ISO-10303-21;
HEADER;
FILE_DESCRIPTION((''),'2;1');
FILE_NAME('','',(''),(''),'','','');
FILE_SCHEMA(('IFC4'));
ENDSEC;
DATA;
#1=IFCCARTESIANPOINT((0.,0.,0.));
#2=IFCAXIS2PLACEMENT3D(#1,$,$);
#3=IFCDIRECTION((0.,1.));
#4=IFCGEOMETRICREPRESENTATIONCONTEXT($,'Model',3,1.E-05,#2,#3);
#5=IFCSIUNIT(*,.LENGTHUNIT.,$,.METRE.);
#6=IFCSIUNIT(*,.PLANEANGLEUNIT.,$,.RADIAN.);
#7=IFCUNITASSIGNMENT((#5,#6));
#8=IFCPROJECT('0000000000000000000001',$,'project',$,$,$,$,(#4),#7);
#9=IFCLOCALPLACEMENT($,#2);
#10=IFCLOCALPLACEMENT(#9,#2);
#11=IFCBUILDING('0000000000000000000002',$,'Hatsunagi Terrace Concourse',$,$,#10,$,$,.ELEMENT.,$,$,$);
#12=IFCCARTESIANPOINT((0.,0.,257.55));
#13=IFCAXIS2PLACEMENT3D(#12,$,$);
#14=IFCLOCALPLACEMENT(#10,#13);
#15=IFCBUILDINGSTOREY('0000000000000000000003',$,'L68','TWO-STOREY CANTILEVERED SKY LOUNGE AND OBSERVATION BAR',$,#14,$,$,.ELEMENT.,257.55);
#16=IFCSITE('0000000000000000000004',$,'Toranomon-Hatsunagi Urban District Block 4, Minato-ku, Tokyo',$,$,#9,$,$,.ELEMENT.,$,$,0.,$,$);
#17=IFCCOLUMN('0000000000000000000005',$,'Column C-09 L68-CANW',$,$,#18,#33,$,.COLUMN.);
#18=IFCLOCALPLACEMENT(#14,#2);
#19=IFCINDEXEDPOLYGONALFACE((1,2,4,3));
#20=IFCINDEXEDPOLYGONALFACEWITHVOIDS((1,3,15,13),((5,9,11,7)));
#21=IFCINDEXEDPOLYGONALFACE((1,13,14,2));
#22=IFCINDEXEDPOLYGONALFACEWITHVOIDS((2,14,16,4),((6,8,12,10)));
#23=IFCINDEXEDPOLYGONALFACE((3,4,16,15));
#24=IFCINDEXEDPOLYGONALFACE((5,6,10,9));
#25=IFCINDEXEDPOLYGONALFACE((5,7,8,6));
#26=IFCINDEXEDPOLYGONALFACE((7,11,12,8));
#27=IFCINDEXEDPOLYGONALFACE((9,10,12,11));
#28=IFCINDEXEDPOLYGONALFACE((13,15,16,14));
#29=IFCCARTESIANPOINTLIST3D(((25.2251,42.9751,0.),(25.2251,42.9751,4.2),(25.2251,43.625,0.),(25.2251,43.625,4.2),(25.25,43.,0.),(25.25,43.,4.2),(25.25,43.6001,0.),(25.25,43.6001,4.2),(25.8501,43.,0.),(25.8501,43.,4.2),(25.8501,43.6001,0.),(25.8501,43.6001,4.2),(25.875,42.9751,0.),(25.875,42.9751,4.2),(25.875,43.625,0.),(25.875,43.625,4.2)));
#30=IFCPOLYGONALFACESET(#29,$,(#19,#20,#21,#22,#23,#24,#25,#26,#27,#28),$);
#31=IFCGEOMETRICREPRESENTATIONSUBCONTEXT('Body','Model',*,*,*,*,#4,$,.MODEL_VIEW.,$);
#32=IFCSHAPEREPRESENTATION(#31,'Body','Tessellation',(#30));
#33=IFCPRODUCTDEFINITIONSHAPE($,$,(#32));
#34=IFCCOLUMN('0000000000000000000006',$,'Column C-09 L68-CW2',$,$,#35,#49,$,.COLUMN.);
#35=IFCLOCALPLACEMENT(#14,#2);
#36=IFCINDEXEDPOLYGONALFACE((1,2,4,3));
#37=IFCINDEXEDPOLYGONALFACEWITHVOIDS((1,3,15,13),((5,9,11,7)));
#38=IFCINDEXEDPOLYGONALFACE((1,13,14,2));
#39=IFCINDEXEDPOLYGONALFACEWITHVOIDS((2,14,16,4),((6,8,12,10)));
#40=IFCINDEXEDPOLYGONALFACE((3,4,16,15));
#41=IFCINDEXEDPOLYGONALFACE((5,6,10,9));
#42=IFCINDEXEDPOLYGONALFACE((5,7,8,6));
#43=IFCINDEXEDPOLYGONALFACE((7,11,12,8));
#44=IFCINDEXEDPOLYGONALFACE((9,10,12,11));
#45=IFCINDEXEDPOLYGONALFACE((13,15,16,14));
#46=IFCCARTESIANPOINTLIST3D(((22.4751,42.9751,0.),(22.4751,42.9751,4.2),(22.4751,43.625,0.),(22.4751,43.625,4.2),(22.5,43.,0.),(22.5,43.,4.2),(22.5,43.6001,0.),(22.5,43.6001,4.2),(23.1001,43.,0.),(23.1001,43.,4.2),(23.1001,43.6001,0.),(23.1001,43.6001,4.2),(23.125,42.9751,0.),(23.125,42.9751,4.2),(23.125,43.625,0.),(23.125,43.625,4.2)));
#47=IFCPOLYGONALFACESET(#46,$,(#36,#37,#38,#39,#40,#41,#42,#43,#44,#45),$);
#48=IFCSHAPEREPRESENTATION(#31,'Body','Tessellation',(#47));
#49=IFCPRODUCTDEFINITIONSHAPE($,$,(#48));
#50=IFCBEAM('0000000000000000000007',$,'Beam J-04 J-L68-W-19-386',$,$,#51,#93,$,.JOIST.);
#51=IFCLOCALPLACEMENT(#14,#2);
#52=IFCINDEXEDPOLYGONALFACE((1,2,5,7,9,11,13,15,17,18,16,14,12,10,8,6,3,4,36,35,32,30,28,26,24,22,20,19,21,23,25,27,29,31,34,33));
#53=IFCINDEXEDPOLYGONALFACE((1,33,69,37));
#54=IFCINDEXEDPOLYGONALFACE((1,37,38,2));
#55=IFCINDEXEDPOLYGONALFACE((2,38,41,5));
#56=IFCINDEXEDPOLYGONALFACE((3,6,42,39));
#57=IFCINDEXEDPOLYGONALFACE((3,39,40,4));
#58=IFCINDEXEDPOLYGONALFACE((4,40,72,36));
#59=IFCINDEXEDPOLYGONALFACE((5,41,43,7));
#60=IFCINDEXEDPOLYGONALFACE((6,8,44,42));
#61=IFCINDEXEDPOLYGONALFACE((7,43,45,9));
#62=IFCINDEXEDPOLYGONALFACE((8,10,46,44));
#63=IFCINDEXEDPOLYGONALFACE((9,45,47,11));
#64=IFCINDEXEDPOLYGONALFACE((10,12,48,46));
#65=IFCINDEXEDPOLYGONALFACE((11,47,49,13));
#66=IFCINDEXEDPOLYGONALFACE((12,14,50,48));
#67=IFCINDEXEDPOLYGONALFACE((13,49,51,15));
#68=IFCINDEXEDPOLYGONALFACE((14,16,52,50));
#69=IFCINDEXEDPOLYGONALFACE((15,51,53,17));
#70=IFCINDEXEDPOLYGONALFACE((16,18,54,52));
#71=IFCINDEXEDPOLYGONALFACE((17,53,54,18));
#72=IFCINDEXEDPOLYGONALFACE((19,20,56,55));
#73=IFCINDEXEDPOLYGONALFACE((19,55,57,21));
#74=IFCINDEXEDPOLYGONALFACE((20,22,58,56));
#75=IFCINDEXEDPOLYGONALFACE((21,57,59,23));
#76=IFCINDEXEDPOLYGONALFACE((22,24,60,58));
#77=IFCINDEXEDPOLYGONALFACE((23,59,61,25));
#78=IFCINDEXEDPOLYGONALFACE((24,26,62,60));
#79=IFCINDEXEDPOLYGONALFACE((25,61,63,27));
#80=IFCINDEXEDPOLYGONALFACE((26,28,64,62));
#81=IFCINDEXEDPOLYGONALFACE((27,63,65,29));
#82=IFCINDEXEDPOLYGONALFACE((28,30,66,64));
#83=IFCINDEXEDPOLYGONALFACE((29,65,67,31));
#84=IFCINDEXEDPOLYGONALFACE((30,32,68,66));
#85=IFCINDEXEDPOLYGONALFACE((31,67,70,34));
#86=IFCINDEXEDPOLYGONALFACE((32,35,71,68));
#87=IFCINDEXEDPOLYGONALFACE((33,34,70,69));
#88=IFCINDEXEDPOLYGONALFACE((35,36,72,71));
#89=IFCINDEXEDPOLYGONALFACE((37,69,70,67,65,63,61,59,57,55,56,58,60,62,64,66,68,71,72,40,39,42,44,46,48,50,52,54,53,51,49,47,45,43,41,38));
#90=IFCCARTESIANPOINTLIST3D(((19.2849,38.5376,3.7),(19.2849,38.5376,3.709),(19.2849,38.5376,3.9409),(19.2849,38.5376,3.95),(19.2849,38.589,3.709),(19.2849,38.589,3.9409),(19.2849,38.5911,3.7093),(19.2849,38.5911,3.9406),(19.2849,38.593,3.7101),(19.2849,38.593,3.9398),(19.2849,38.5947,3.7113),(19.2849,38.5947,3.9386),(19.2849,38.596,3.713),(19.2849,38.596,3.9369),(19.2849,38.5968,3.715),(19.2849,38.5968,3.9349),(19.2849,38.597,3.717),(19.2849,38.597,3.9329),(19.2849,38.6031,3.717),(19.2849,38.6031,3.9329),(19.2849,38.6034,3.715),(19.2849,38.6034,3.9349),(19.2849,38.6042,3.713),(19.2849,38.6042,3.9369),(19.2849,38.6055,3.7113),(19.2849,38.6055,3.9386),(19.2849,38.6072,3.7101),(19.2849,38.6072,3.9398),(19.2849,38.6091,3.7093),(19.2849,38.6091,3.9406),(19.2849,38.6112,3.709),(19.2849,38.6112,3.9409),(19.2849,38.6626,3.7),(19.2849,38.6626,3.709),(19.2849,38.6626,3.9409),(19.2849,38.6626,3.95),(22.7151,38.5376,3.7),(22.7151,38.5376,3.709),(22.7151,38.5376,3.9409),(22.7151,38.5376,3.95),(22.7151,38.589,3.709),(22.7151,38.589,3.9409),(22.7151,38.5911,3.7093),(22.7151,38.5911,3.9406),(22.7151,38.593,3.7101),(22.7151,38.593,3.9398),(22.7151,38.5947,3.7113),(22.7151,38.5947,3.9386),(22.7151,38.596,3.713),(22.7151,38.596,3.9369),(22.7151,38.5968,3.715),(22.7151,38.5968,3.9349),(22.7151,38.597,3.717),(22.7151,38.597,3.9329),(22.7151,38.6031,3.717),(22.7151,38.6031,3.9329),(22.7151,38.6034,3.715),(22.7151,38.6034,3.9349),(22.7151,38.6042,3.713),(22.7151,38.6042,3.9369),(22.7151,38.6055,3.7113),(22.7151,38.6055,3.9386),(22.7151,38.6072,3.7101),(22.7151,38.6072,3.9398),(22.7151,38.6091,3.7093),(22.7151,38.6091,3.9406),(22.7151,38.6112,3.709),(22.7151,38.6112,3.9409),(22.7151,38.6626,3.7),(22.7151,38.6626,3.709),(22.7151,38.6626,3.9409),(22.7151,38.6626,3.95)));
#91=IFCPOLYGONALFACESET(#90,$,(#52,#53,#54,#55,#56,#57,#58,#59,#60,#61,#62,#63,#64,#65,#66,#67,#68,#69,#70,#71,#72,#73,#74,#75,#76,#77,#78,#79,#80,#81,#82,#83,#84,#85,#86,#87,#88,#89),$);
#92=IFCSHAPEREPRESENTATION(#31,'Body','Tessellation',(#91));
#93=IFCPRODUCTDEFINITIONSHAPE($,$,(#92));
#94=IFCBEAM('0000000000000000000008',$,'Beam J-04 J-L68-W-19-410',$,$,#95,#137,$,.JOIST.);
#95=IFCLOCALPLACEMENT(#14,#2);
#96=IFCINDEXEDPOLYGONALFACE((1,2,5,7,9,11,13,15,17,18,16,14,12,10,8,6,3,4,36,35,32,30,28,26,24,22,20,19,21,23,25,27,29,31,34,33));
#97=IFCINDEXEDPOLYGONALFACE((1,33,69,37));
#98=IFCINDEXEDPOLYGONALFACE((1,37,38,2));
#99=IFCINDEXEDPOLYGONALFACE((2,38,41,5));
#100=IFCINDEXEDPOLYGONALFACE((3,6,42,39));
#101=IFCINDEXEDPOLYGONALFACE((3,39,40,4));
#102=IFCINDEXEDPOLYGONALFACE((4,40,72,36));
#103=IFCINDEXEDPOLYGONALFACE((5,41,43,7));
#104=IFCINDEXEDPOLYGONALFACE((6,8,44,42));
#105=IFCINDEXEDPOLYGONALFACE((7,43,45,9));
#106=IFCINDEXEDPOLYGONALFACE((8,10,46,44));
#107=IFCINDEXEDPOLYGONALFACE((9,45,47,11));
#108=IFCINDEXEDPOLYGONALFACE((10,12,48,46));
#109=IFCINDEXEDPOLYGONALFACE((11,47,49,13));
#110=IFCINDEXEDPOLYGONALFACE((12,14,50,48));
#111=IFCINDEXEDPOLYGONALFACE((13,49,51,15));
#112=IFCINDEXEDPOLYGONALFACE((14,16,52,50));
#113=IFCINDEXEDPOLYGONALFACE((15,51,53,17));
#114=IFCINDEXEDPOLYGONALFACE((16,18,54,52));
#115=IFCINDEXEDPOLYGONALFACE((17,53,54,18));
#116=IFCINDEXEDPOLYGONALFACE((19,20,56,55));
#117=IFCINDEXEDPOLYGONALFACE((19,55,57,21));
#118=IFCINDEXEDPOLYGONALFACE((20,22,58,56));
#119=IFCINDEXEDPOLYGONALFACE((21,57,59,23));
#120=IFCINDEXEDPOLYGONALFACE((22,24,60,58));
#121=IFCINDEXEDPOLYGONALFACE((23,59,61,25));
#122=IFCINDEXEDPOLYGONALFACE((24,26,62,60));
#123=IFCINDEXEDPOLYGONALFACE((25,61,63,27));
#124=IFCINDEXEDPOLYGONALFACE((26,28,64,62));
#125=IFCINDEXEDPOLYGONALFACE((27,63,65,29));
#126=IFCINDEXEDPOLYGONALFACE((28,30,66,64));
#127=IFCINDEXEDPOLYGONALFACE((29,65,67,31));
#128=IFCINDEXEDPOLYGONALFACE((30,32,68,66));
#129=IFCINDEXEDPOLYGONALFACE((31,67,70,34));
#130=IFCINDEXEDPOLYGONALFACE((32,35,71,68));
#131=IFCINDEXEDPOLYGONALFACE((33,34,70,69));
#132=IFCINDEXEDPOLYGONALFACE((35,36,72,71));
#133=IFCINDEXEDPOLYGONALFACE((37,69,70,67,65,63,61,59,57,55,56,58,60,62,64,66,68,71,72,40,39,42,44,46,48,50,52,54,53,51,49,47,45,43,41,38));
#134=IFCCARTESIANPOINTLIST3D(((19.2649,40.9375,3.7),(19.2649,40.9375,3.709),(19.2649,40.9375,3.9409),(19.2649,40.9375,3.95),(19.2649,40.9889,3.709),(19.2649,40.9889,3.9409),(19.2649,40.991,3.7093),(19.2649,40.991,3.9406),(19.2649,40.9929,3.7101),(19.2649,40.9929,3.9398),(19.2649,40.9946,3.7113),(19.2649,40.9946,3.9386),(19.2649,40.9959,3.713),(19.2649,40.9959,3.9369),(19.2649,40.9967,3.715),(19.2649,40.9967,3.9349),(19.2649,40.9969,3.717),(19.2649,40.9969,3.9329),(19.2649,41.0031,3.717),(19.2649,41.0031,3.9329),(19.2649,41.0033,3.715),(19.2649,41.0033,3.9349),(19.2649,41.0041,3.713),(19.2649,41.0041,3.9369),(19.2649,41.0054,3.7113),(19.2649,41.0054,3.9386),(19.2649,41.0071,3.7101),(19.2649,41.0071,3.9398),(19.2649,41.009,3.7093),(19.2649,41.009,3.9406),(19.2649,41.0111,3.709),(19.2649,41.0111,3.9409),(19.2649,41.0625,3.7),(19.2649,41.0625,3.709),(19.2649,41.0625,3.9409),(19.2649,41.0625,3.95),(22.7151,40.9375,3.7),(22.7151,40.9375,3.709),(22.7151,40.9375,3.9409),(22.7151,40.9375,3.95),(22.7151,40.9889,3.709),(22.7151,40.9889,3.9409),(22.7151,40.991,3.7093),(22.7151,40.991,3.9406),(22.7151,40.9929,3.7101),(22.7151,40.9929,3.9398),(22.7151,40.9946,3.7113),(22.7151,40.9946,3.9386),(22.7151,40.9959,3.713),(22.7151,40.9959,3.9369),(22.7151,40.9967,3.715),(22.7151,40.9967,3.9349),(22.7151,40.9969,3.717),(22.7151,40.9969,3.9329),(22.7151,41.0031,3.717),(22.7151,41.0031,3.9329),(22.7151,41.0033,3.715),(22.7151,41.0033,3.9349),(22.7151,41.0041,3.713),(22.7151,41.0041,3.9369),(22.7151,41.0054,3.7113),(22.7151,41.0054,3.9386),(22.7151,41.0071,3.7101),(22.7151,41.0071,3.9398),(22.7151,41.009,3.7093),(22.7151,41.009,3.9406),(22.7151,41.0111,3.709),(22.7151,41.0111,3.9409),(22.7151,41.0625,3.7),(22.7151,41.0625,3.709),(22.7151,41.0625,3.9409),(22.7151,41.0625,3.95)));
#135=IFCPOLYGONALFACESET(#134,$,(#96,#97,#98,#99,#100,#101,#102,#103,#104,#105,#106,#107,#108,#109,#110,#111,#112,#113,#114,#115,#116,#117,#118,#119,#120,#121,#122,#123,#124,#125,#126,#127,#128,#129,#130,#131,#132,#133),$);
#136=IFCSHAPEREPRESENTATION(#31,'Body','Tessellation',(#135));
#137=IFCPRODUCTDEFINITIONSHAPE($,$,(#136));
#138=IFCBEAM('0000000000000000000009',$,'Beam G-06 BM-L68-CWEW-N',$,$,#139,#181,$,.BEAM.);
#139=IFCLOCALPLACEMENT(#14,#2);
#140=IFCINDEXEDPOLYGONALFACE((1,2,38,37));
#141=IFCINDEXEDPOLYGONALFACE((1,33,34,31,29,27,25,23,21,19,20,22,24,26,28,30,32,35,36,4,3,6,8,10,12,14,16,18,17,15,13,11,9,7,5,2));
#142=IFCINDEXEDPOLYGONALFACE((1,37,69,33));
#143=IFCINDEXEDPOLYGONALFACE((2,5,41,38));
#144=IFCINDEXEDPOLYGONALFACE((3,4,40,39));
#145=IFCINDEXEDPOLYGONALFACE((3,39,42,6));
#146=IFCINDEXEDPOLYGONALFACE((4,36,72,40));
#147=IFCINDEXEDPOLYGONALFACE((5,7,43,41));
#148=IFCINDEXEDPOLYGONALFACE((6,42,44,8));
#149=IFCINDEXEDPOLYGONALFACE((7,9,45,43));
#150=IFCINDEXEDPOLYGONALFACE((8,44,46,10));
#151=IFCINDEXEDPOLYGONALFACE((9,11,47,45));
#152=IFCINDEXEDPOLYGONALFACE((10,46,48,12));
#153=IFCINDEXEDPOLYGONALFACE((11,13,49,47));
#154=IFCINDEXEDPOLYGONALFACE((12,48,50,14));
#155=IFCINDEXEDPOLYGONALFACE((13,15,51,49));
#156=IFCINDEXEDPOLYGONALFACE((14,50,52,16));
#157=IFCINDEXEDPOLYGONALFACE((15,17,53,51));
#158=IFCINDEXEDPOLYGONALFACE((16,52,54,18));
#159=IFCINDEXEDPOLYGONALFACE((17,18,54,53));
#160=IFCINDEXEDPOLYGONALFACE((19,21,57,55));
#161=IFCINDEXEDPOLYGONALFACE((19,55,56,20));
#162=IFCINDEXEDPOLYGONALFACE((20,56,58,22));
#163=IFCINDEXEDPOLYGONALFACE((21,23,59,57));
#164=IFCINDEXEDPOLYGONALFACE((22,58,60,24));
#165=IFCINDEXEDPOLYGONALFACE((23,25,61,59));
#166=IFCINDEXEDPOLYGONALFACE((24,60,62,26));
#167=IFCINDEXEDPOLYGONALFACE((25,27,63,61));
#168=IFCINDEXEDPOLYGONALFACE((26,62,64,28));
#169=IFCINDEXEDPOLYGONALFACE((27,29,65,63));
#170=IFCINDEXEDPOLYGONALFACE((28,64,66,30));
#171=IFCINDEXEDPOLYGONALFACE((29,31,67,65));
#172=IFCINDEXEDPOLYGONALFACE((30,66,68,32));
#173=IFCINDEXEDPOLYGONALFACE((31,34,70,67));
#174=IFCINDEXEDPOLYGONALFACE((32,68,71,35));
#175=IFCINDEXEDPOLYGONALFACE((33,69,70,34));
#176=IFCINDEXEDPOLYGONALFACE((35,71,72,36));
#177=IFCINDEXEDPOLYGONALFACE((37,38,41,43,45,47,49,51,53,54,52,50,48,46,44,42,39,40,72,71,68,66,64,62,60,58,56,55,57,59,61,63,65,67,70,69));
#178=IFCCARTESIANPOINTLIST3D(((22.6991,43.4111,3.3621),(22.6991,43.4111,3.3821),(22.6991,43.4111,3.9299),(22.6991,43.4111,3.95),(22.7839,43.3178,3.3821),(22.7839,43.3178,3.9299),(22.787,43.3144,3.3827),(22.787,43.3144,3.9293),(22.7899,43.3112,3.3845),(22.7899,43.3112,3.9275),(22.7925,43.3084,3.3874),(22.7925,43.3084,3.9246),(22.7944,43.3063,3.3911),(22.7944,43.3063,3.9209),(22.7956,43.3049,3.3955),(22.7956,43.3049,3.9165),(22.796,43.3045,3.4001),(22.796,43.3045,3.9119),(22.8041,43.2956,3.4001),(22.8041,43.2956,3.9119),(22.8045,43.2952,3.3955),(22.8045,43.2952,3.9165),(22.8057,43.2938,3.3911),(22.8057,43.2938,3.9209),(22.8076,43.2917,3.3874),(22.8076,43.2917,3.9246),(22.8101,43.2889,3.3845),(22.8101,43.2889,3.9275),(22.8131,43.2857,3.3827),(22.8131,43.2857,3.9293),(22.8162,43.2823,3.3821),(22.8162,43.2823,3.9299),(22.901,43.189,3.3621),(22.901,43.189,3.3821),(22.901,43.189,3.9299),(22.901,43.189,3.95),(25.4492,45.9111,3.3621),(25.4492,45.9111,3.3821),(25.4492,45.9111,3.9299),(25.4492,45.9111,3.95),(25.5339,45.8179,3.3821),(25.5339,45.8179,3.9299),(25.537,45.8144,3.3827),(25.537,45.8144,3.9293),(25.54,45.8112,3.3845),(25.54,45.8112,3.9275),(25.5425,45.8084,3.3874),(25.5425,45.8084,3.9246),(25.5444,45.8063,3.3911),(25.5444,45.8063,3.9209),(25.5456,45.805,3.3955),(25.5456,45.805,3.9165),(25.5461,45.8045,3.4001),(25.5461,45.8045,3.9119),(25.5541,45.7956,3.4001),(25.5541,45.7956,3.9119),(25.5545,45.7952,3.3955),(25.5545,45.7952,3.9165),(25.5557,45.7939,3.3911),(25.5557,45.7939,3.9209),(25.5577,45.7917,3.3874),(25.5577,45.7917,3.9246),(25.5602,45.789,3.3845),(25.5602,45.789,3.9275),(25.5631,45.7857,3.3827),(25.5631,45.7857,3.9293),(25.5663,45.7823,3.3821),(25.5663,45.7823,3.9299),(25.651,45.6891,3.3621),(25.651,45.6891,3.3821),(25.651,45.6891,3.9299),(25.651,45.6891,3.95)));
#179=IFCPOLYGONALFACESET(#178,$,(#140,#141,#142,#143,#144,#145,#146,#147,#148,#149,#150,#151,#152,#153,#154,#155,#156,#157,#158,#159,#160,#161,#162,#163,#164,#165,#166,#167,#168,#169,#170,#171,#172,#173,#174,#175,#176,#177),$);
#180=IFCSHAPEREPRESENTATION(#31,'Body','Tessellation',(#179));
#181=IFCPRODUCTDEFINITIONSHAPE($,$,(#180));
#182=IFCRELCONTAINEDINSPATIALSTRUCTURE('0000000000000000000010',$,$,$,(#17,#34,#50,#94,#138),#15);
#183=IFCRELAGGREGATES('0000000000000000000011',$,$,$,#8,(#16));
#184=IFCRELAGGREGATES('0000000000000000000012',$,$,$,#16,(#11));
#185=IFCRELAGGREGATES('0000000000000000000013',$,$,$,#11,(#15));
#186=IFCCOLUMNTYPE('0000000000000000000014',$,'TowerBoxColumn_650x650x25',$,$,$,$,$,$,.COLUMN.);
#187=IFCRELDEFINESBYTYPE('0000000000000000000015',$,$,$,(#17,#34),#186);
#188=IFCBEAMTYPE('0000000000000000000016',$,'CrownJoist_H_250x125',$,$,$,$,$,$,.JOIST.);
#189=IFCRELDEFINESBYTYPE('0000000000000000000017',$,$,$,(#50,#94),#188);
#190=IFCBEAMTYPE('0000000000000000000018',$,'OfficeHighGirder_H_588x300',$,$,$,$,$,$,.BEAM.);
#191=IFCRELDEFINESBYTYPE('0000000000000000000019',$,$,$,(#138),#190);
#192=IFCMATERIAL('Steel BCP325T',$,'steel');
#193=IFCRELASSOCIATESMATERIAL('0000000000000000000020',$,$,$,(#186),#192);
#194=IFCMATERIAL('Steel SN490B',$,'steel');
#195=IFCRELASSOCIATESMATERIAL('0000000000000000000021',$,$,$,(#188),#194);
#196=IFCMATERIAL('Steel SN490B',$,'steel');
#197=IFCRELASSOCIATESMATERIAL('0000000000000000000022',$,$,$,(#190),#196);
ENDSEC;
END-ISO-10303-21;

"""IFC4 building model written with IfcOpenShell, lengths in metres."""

from ifc_helpers import new_model, si_unit, direction, frame, origin, origin_2d, place, context, subcontext, project, spatial, hollow_rectangle, i_section, extrude, material, material_profile, profile_set, type_object, element, save


model = new_model("IFC4")

# Units and contexts
model_context = context("Model", 3, precision=1e-05, world=origin(), true_north=direction((0.0, 1.0)))
body_context = subcontext(model_context, "Body", "Model", "MODEL_VIEW")
ifc_project = project(units=[si_unit("LENGTHUNIT", "METRE"), si_unit("PLANEANGLEUNIT", "RADIAN")], contexts=[model_context])

# Site, building, storey
site_placement = place(None, origin())
site = spatial("IfcSite", under=ifc_project, at=site_placement, Name="Toranomon-Hatsunagi Urban District Block 4, Minato-ku, Tokyo", CompositionType="ELEMENT", RefElevation=0.0)
building_placement = place(site_placement, origin())
building = spatial("IfcBuilding", under=site, at=building_placement, Name="Hatsunagi Terrace Concourse", CompositionType="ELEMENT")
storey_placement = place(building_placement, frame((0.0, 0.0, 257.55)))
storey = spatial("IfcBuildingStorey", under=building, at=storey_placement, Name="L68", Description="TWO-STOREY CANTILEVERED SKY LOUNGE AND OBSERVATION BAR", CompositionType="ELEMENT", Elevation=257.55)

# Columns
ifc_material_1 = material(Name="Steel BCP325T", Category="steel")
ifc_material_profile_1 = material_profile(ifc_material_1, hollow_rectangle(XDim=0.6499, YDim=0.6499, WallThickness=0.0249, at=origin_2d()), Name="BCP-650x650x25")
ifc_profile_set_1 = profile_set([ifc_material_profile_1], Name="Steel BCP325T")
column_type = type_object("IfcColumnType", Name="TowerBoxColumn_650x650x25", PredefinedType="COLUMN", material=ifc_profile_set_1)
for number, where, z_axis, x_axis, name in (
    (1, (25.55, 43.3, 0.0), (0.0, 0.0, 1.0), (1.0, 0.0, 0.0), "Column C-09 L68-CANW"),
    (2, (22.8, 43.3, 0.0), (0.0, 0.0, 1.0), (1.0, 0.0, 0.0), "Column C-09 L68-CW2"),
):
    element("IfcColumn", number, at=place(storey_placement, frame(where, z_axis=z_axis, x_axis=x_axis)), inside=storey, type_object=column_type, Name=name, PredefinedType="COLUMN", context=body_context, shape_type="SweptSolid", body=[
        extrude(hollow_rectangle(XDim=0.6499, YDim=0.6499, WallThickness=0.0249, at=origin_2d()), origin(), (0.0, 0.0, 1.0), 4.2),
    ])

# Beams
ifc_material_2 = material(Name="Steel SN490B", Category="steel")
ifc_material_profile_2 = material_profile(ifc_material_2, i_section(OverallWidth=0.125, OverallDepth=0.25, WebThickness=0.0061, FlangeThickness=0.009, FilletRadius=0.0081, at=origin_2d()), Name="H-250x125x6x9")
ifc_profile_set_2 = profile_set([ifc_material_profile_2], Name="Steel SN490B")
beam_type_1 = type_object("IfcBeamType", Name="CrownJoist_H_250x125", PredefinedType="JOIST", material=ifc_profile_set_2)
beam_1_placement = place(storey_placement, frame((19.2849, 38.6001, 3.825), z_axis=(1.0, 0.0, 0.0), x_axis=(0.0, 1.0, 0.0)))
element("IfcBeam", 3, at=beam_1_placement, inside=storey, type_object=beam_type_1, Name="Beam J-04 J-L68-W-19-386", PredefinedType="JOIST", context=body_context, shape_type="SweptSolid", body=[
    extrude(i_section(OverallWidth=0.125, OverallDepth=0.25, WebThickness=0.0061, FlangeThickness=0.009, FilletRadius=0.0081, at=origin_2d()), origin(), (0.0, 0.0, 1.0), 3.4302),
])
beam_2_placement = place(storey_placement, frame((19.2649, 41.0, 3.825), z_axis=(1.0, 0.0, 0.0), x_axis=(0.0, 1.0, 0.0)))
element("IfcBeam", 4, at=beam_2_placement, inside=storey, type_object=beam_type_1, Name="Beam J-04 J-L68-W-19-410", PredefinedType="JOIST", context=body_context, shape_type="SweptSolid", body=[
    extrude(i_section(OverallWidth=0.125, OverallDepth=0.25, WebThickness=0.0061, FlangeThickness=0.009, FilletRadius=0.0081, at=origin_2d()), origin(), (0.0, 0.0, 1.0), 3.4502),
])
ifc_material_3 = material(Name="Steel SN490B", Category="steel")
ifc_material_profile_3 = material_profile(ifc_material_3, i_section(OverallWidth=0.3, OverallDepth=0.5879, WebThickness=0.012, FlangeThickness=0.02, FilletRadius=0.0181, at=origin_2d()), Name="H-588x300x12x20")
ifc_profile_set_3 = profile_set([ifc_material_profile_3], Name="Steel SN490B")
beam_type_2 = type_object("IfcBeamType", Name="OfficeHighGirder_H_588x300", PredefinedType="BEAM", material=ifc_profile_set_3)
beam_3_placement = place(storey_placement, frame((22.8, 43.3, 3.656), z_axis=(0.73994, 0.672673, 0.0), x_axis=(-0.672673, 0.73994, 0.0)))
element("IfcBeam", 5, at=beam_3_placement, inside=storey, type_object=beam_type_2, Name="Beam G-06 BM-L68-CWEW-N", PredefinedType="BEAM", context=body_context, shape_type="SweptSolid", body=[
    extrude(i_section(OverallWidth=0.3, OverallDepth=0.5879, WebThickness=0.012, FlangeThickness=0.02, FilletRadius=0.0181, at=origin_2d()), origin(), (0.0, 0.0, 1.0), 3.7166),
])

save(model, "model.ifc")
